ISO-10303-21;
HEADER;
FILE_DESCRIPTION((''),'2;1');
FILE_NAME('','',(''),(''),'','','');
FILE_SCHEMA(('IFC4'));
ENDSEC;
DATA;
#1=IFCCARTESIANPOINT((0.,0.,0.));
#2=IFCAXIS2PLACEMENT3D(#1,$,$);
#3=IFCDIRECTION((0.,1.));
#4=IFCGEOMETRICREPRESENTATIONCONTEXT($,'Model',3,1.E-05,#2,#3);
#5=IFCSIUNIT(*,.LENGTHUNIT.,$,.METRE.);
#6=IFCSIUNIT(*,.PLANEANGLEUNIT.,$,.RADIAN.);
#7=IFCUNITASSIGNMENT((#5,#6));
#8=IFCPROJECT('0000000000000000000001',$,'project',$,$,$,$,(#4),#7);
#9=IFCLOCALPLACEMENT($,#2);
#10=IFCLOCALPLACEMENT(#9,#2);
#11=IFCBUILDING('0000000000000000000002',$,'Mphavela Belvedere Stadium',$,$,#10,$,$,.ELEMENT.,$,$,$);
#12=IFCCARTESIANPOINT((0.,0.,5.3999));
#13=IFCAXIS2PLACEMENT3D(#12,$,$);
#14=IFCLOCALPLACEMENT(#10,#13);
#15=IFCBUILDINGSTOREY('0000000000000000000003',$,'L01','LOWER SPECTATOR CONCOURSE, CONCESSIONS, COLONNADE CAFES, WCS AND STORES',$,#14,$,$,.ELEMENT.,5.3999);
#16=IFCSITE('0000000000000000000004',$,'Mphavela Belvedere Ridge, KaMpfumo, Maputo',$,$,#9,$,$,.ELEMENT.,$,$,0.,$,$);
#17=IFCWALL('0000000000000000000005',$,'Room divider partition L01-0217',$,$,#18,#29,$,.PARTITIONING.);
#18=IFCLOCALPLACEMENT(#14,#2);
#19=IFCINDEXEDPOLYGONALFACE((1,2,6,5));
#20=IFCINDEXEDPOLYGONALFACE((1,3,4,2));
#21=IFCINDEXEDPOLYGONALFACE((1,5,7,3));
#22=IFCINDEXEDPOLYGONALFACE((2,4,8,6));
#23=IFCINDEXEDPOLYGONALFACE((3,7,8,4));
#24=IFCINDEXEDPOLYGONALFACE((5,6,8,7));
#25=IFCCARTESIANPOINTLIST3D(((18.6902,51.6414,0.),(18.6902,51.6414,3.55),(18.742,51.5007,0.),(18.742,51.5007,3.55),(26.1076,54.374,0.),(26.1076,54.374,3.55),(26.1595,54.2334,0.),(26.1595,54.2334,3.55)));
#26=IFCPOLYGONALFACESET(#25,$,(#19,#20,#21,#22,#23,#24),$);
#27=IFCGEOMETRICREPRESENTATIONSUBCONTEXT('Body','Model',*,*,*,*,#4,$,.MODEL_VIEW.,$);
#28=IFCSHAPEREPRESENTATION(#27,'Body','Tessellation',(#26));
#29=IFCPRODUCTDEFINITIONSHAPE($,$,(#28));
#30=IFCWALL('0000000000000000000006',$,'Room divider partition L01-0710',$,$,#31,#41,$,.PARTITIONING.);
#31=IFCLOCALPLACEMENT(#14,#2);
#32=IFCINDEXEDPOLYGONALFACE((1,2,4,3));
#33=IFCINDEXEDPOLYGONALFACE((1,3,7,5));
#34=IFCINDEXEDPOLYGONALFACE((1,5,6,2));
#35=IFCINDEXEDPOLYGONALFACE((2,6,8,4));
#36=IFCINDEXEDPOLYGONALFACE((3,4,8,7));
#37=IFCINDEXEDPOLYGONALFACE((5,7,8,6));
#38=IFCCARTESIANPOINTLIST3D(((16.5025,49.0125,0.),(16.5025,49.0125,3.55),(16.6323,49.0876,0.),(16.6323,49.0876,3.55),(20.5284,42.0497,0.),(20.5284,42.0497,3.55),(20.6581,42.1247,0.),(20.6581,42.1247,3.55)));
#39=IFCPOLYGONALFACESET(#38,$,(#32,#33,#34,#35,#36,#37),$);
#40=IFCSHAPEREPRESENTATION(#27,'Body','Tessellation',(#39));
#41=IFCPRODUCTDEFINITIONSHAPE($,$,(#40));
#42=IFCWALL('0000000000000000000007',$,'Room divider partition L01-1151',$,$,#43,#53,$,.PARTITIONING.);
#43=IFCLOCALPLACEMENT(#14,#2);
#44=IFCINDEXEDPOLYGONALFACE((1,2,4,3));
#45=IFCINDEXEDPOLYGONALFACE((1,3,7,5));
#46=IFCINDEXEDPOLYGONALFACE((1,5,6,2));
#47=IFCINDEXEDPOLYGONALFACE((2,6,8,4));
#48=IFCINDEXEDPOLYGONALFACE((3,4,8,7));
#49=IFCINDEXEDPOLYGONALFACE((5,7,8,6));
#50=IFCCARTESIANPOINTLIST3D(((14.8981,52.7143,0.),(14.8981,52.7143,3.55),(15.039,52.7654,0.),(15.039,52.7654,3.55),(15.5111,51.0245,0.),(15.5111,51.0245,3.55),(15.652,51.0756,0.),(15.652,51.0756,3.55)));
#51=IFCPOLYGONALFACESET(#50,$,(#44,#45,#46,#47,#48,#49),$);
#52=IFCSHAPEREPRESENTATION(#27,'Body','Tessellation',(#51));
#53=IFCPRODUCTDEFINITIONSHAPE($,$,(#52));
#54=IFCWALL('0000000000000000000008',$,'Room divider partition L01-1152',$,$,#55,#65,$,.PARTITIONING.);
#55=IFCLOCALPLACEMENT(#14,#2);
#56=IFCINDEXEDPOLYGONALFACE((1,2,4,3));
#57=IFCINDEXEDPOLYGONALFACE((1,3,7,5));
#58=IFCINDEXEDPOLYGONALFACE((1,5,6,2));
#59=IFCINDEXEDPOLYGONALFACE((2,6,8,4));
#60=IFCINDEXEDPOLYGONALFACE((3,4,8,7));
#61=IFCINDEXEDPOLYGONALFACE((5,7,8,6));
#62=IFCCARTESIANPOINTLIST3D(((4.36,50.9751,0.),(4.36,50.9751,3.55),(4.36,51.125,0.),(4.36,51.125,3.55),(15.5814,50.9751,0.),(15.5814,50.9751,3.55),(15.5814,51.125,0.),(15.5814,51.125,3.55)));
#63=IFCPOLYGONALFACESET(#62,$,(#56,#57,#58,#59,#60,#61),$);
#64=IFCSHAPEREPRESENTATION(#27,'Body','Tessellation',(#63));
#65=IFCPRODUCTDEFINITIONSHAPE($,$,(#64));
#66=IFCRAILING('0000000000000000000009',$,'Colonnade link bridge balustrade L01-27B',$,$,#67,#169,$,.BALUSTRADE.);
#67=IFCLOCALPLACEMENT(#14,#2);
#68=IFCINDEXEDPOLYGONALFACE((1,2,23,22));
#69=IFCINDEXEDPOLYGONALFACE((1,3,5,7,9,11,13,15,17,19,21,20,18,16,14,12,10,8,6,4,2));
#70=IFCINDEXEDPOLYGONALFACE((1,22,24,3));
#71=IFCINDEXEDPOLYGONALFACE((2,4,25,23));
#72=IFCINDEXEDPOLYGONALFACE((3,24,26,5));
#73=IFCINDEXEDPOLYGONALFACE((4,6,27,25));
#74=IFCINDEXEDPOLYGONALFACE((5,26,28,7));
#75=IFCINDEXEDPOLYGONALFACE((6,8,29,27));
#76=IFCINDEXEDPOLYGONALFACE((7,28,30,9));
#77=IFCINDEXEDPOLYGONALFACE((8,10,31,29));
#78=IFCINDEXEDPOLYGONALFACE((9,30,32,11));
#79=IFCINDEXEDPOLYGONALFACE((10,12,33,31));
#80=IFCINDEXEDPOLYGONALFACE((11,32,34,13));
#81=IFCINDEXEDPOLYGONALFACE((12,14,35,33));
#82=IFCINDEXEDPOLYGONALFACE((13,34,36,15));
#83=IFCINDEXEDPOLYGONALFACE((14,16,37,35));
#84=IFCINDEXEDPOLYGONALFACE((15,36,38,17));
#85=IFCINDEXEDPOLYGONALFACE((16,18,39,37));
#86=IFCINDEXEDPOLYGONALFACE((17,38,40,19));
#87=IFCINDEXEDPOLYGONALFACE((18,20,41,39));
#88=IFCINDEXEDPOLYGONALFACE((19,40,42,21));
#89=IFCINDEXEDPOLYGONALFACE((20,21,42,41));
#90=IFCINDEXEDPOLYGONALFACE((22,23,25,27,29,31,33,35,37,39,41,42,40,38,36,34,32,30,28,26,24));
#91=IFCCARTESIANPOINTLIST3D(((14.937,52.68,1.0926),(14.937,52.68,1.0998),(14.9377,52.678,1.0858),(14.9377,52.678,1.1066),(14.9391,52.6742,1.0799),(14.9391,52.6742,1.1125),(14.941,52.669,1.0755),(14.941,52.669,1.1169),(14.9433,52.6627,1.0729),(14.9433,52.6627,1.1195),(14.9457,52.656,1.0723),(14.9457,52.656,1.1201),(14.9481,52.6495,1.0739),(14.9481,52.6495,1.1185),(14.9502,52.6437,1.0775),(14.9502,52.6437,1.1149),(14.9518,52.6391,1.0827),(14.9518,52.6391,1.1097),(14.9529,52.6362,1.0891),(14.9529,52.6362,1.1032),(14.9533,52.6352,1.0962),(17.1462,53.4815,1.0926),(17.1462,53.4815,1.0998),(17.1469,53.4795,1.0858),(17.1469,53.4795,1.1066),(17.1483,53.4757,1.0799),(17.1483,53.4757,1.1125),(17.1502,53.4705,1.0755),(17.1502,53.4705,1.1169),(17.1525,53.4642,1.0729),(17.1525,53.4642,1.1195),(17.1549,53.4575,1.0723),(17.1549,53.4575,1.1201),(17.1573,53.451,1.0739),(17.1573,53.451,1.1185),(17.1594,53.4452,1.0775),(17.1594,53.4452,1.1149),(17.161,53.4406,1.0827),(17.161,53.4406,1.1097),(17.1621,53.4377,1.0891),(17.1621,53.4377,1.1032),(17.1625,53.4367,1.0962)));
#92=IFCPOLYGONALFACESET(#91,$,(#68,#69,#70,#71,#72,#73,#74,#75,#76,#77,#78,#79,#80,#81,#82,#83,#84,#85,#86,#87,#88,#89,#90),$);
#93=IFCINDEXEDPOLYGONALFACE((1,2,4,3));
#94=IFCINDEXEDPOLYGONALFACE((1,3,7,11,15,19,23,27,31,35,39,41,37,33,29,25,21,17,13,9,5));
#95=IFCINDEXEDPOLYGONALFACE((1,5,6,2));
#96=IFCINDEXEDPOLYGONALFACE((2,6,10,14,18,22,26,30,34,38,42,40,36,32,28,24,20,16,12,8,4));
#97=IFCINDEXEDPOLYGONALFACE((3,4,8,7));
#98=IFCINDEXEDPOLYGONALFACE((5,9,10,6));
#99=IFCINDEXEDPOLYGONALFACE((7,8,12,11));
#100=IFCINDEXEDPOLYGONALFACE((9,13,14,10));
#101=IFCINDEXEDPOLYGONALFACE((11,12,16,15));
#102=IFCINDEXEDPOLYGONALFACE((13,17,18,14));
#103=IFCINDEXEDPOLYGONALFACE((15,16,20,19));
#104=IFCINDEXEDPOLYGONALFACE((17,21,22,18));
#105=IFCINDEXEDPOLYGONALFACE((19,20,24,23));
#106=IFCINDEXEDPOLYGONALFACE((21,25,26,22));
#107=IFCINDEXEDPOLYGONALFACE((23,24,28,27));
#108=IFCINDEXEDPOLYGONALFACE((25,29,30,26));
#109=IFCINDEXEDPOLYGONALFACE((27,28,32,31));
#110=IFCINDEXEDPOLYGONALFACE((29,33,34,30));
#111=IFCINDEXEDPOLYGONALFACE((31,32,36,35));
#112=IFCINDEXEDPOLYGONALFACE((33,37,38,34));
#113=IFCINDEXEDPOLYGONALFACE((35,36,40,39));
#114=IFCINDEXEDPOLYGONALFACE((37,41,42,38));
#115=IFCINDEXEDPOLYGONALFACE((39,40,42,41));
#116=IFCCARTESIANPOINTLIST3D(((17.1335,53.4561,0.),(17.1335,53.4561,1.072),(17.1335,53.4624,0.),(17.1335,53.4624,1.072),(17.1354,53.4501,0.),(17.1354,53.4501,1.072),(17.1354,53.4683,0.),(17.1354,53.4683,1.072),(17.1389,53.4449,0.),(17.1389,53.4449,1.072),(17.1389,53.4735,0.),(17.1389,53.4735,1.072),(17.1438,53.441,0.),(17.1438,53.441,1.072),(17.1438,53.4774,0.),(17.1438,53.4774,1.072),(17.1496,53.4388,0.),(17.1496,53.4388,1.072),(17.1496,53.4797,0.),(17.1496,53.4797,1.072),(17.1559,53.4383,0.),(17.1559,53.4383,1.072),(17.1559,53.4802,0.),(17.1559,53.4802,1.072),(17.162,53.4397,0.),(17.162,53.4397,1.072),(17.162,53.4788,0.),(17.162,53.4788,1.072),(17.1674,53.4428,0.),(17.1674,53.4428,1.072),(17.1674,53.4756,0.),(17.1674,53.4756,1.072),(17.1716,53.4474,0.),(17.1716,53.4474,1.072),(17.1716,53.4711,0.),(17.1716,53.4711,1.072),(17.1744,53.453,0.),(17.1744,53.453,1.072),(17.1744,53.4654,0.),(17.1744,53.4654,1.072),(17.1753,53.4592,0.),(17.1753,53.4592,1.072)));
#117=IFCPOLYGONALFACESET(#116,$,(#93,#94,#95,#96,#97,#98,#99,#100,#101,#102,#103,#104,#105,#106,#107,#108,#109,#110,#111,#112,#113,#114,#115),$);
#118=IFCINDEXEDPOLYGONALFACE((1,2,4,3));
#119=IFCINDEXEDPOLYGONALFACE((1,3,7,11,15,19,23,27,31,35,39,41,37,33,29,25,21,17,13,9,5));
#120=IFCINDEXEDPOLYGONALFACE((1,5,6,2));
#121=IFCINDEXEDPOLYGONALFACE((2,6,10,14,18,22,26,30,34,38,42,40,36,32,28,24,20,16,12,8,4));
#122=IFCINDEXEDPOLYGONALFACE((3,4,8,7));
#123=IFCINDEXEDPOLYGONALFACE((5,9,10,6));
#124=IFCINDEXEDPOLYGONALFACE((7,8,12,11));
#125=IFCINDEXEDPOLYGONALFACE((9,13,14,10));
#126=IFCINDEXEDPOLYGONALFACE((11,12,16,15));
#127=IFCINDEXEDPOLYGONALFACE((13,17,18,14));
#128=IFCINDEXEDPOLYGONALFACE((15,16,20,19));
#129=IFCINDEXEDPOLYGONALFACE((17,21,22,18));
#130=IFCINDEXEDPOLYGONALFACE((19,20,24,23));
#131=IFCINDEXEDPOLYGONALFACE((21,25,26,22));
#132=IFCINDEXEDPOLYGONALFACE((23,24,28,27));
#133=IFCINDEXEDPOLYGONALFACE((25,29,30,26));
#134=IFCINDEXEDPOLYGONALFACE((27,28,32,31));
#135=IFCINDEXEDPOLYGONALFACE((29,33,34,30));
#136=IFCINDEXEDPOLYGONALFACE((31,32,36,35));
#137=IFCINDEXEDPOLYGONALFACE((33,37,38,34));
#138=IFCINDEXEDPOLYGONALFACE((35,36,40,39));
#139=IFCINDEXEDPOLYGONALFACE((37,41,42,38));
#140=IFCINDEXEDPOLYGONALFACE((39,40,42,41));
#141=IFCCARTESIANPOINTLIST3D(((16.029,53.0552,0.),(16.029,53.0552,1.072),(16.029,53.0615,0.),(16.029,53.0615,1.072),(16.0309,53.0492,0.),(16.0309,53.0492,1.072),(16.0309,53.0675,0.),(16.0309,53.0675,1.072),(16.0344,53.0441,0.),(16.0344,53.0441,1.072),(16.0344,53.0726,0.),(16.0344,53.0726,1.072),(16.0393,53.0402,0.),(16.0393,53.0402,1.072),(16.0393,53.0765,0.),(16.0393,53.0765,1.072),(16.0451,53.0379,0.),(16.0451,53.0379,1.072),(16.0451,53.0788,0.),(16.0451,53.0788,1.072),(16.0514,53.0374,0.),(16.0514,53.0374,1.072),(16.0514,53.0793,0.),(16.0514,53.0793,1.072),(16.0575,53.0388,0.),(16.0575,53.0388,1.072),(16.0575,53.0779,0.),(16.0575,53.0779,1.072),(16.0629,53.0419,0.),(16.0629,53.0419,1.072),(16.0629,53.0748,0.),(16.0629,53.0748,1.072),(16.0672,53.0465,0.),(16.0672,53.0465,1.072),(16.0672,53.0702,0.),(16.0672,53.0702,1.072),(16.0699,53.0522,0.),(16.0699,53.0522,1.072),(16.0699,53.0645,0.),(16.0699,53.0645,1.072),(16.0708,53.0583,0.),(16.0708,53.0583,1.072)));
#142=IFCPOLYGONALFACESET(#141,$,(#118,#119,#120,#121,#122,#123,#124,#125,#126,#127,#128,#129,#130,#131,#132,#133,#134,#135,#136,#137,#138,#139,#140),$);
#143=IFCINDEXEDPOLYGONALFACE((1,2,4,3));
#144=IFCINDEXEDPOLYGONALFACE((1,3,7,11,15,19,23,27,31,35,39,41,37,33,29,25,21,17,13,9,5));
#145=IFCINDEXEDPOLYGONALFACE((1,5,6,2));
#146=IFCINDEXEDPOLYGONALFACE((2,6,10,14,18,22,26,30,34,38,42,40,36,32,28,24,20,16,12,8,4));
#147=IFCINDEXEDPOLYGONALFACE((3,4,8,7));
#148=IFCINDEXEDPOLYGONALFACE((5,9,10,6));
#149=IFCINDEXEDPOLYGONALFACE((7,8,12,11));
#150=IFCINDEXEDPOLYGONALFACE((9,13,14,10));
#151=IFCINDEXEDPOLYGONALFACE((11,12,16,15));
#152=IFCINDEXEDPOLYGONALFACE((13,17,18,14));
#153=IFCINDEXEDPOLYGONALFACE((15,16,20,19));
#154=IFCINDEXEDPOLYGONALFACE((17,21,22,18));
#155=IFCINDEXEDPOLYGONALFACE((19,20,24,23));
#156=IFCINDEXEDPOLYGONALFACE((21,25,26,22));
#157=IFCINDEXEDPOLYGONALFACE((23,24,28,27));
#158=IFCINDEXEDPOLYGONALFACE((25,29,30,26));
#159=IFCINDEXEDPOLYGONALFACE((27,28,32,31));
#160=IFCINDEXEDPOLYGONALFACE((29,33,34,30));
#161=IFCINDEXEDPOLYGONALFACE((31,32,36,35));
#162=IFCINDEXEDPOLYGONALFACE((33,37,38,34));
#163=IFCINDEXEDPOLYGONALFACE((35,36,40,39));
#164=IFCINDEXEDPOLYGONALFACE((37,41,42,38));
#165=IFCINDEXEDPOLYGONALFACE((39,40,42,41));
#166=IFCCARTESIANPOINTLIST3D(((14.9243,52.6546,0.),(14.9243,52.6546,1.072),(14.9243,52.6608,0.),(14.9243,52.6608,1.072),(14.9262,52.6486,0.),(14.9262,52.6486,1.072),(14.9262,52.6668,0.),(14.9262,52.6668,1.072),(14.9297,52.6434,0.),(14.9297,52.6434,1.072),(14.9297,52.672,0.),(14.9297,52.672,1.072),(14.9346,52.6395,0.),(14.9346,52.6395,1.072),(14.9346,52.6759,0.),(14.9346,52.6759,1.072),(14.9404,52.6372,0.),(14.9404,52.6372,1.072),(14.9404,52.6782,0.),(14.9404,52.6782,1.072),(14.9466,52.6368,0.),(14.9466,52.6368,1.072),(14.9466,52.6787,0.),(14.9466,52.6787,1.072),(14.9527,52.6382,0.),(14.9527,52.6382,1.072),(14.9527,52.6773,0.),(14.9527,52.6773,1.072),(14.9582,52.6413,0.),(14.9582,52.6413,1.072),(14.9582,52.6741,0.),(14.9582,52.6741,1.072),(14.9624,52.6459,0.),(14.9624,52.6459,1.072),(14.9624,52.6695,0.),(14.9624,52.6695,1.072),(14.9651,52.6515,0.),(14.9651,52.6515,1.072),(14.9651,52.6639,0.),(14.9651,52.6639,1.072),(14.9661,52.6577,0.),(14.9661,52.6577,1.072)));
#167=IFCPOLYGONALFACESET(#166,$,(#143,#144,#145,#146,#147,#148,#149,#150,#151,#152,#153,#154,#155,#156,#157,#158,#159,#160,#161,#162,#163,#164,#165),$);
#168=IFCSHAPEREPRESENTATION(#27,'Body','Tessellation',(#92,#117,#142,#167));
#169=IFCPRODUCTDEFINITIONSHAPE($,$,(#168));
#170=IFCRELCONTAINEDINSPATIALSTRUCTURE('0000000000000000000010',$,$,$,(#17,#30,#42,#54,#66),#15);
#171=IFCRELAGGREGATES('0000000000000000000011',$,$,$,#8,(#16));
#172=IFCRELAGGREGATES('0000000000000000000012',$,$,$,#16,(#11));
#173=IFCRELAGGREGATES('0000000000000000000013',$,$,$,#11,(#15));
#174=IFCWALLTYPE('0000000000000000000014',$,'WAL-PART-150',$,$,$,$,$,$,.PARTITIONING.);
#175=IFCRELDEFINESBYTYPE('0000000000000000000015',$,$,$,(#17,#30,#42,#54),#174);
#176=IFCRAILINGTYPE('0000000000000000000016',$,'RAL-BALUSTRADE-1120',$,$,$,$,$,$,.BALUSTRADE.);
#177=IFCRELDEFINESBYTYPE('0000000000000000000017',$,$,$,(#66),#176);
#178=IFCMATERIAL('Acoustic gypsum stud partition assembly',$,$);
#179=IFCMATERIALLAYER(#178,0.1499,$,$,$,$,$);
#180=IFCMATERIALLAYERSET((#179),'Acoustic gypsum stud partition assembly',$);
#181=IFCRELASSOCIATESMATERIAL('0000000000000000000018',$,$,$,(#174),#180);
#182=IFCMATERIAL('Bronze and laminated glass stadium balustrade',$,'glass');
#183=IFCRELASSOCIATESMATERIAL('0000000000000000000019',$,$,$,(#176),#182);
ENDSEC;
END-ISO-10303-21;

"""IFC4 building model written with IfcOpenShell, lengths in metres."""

from ifc_helpers import new_model, si_unit, direction, frame, frame_2d, origin, origin_2d, place, context, subcontext, project, spatial, rectangle, circle, extrude, material, layer, layer_set, type_object, element, save


model = new_model("IFC4")

# Units and contexts
model_context = context("Model", 3, precision=1e-05, world=origin(), true_north=direction((0.0, 1.0)))
body_context = subcontext(model_context, "Body", "Model", "MODEL_VIEW")
ifc_project = project(units=[si_unit("LENGTHUNIT", "METRE"), si_unit("PLANEANGLEUNIT", "RADIAN")], contexts=[model_context])

# Site, building, storey
site_placement = place(None, origin())
site = spatial("IfcSite", under=ifc_project, at=site_placement, Name="Mphavela Belvedere Ridge, KaMpfumo, Maputo", CompositionType="ELEMENT", RefElevation=0.0)
building_placement = place(site_placement, origin())
building = spatial("IfcBuilding", under=site, at=building_placement, Name="Mphavela Belvedere Stadium", CompositionType="ELEMENT")
storey_placement = place(building_placement, frame((0.0, 0.0, 5.3999)))
storey = spatial("IfcBuildingStorey", under=building, at=storey_placement, Name="L01", Description="LOWER SPECTATOR CONCOURSE, CONCESSIONS, COLONNADE CAFES, WCS AND STORES", CompositionType="ELEMENT", Elevation=5.3999)

# Shared definitions
ifc_material_1 = material(Name="Acoustic gypsum stud partition assembly")
ifc_layer_1 = layer(ifc_material_1, 0.1499)
ifc_layer_set_1 = layer_set([ifc_layer_1], Name="Acoustic gypsum stud partition assembly")
wall_type_1 = type_object("IfcWallType", Name="WAL-PART-150", PredefinedType="PARTITIONING", material=ifc_layer_set_1)

# Walls
wall_1_placement = place(storey_placement, frame((26.1335, 54.3037, 0.0), z_axis=(0.0, 0.0, 1.0), x_axis=(-0.938347, -0.345695, 0.0)))
element("IfcWall", 1, at=wall_1_placement, inside=storey, type_object=wall_type_1, Name="Room divider partition L01-0217", PredefinedType="PARTITIONING", context=body_context, shape_type="SweptSolid", body=[
    extrude(rectangle(XDim=7.9048, YDim=0.1499, at=frame_2d((3.9524, 0.0))), origin(), (0.0, 0.0, 1.0), 3.55),
])
wall_2_placement = place(storey_placement, frame((16.5674, 49.05, 0.0), z_axis=(0.0, 0.0, 1.0), x_axis=(0.500546, -0.86571, 0.0)))
element("IfcWall", 2, at=wall_2_placement, inside=storey, type_object=wall_type_1, Name="Room divider partition L01-0710", PredefinedType="PARTITIONING", context=body_context, shape_type="SweptSolid", body=[
    extrude(rectangle(XDim=8.043, YDim=0.1499, at=frame_2d((4.0215, 0.0))), origin(), (0.0, 0.0, 1.0), 3.55),
])
wall_3_placement = place(storey_placement, frame((14.9685, 52.74, 0.0), z_axis=(0.0, 0.0, 1.0), x_axis=(0.341012, -0.940059, 0.0)))
element("IfcWall", 3, at=wall_3_placement, inside=storey, type_object=wall_type_1, Name="Room divider partition L01-1151", PredefinedType="PARTITIONING", context=body_context, shape_type="SweptSolid", body=[
    extrude(rectangle(XDim=1.7976, YDim=0.1499, at=frame_2d((0.8989, 0.0))), origin(), (0.0, 0.0, 1.0), 3.55),
])
wall_4_placement = place(storey_placement, frame((15.5815, 51.05, 0.0), z_axis=(0.0, 0.0, 1.0), x_axis=(-1.0, 0.0, 0.0)))
element("IfcWall", 4, at=wall_4_placement, inside=storey, type_object=wall_type_1, Name="Room divider partition L01-1152", PredefinedType="PARTITIONING", context=body_context, shape_type="SweptSolid", body=[
    extrude(rectangle(XDim=11.2214, YDim=0.1499, at=frame_2d((5.6108, 0.0))), origin(), (0.0, 0.0, 1.0), 3.55),
])

# Railing
ifc_material_2 = material(Name="Bronze and laminated glass stadium balustrade", Category="glass")
railing_type = type_object("IfcRailingType", Name="RAL-BALUSTRADE-1120", PredefinedType="BALUSTRADE", material=ifc_material_2)
railing_1_placement = place(storey_placement, frame((17.1543, 53.4592, 0.0)))
element("IfcRailing", 5, at=railing_1_placement, inside=storey, type_object=railing_type, Name="Colonnade link bridge balustrade L01-27B", PredefinedType="BALUSTRADE", context=body_context, shape_type="SweptSolid", body=[
    extrude(circle(Radius=0.0239, at=origin_2d()), frame((0.0, 0.0, 1.0962), z_axis=(-0.940045, -0.341051, 0.0), x_axis=(0.341051, -0.940045, 0.0)), (0.0, 0.0, 1.0), 2.3501),
    extrude(circle(Radius=0.021, at=origin_2d()), origin(), (0.0, 0.0, 1.0), 1.072),
    extrude(circle(Radius=0.021, at=origin_2d()), frame((-1.1045, -0.4009, 0.0)), (0.0, 0.0, 1.0), 1.072),
    extrude(circle(Radius=0.021, at=origin_2d()), frame((-2.2092, -0.8015, 0.0)), (0.0, 0.0, 1.0), 1.072),
])

save(model, "model.ifc")
